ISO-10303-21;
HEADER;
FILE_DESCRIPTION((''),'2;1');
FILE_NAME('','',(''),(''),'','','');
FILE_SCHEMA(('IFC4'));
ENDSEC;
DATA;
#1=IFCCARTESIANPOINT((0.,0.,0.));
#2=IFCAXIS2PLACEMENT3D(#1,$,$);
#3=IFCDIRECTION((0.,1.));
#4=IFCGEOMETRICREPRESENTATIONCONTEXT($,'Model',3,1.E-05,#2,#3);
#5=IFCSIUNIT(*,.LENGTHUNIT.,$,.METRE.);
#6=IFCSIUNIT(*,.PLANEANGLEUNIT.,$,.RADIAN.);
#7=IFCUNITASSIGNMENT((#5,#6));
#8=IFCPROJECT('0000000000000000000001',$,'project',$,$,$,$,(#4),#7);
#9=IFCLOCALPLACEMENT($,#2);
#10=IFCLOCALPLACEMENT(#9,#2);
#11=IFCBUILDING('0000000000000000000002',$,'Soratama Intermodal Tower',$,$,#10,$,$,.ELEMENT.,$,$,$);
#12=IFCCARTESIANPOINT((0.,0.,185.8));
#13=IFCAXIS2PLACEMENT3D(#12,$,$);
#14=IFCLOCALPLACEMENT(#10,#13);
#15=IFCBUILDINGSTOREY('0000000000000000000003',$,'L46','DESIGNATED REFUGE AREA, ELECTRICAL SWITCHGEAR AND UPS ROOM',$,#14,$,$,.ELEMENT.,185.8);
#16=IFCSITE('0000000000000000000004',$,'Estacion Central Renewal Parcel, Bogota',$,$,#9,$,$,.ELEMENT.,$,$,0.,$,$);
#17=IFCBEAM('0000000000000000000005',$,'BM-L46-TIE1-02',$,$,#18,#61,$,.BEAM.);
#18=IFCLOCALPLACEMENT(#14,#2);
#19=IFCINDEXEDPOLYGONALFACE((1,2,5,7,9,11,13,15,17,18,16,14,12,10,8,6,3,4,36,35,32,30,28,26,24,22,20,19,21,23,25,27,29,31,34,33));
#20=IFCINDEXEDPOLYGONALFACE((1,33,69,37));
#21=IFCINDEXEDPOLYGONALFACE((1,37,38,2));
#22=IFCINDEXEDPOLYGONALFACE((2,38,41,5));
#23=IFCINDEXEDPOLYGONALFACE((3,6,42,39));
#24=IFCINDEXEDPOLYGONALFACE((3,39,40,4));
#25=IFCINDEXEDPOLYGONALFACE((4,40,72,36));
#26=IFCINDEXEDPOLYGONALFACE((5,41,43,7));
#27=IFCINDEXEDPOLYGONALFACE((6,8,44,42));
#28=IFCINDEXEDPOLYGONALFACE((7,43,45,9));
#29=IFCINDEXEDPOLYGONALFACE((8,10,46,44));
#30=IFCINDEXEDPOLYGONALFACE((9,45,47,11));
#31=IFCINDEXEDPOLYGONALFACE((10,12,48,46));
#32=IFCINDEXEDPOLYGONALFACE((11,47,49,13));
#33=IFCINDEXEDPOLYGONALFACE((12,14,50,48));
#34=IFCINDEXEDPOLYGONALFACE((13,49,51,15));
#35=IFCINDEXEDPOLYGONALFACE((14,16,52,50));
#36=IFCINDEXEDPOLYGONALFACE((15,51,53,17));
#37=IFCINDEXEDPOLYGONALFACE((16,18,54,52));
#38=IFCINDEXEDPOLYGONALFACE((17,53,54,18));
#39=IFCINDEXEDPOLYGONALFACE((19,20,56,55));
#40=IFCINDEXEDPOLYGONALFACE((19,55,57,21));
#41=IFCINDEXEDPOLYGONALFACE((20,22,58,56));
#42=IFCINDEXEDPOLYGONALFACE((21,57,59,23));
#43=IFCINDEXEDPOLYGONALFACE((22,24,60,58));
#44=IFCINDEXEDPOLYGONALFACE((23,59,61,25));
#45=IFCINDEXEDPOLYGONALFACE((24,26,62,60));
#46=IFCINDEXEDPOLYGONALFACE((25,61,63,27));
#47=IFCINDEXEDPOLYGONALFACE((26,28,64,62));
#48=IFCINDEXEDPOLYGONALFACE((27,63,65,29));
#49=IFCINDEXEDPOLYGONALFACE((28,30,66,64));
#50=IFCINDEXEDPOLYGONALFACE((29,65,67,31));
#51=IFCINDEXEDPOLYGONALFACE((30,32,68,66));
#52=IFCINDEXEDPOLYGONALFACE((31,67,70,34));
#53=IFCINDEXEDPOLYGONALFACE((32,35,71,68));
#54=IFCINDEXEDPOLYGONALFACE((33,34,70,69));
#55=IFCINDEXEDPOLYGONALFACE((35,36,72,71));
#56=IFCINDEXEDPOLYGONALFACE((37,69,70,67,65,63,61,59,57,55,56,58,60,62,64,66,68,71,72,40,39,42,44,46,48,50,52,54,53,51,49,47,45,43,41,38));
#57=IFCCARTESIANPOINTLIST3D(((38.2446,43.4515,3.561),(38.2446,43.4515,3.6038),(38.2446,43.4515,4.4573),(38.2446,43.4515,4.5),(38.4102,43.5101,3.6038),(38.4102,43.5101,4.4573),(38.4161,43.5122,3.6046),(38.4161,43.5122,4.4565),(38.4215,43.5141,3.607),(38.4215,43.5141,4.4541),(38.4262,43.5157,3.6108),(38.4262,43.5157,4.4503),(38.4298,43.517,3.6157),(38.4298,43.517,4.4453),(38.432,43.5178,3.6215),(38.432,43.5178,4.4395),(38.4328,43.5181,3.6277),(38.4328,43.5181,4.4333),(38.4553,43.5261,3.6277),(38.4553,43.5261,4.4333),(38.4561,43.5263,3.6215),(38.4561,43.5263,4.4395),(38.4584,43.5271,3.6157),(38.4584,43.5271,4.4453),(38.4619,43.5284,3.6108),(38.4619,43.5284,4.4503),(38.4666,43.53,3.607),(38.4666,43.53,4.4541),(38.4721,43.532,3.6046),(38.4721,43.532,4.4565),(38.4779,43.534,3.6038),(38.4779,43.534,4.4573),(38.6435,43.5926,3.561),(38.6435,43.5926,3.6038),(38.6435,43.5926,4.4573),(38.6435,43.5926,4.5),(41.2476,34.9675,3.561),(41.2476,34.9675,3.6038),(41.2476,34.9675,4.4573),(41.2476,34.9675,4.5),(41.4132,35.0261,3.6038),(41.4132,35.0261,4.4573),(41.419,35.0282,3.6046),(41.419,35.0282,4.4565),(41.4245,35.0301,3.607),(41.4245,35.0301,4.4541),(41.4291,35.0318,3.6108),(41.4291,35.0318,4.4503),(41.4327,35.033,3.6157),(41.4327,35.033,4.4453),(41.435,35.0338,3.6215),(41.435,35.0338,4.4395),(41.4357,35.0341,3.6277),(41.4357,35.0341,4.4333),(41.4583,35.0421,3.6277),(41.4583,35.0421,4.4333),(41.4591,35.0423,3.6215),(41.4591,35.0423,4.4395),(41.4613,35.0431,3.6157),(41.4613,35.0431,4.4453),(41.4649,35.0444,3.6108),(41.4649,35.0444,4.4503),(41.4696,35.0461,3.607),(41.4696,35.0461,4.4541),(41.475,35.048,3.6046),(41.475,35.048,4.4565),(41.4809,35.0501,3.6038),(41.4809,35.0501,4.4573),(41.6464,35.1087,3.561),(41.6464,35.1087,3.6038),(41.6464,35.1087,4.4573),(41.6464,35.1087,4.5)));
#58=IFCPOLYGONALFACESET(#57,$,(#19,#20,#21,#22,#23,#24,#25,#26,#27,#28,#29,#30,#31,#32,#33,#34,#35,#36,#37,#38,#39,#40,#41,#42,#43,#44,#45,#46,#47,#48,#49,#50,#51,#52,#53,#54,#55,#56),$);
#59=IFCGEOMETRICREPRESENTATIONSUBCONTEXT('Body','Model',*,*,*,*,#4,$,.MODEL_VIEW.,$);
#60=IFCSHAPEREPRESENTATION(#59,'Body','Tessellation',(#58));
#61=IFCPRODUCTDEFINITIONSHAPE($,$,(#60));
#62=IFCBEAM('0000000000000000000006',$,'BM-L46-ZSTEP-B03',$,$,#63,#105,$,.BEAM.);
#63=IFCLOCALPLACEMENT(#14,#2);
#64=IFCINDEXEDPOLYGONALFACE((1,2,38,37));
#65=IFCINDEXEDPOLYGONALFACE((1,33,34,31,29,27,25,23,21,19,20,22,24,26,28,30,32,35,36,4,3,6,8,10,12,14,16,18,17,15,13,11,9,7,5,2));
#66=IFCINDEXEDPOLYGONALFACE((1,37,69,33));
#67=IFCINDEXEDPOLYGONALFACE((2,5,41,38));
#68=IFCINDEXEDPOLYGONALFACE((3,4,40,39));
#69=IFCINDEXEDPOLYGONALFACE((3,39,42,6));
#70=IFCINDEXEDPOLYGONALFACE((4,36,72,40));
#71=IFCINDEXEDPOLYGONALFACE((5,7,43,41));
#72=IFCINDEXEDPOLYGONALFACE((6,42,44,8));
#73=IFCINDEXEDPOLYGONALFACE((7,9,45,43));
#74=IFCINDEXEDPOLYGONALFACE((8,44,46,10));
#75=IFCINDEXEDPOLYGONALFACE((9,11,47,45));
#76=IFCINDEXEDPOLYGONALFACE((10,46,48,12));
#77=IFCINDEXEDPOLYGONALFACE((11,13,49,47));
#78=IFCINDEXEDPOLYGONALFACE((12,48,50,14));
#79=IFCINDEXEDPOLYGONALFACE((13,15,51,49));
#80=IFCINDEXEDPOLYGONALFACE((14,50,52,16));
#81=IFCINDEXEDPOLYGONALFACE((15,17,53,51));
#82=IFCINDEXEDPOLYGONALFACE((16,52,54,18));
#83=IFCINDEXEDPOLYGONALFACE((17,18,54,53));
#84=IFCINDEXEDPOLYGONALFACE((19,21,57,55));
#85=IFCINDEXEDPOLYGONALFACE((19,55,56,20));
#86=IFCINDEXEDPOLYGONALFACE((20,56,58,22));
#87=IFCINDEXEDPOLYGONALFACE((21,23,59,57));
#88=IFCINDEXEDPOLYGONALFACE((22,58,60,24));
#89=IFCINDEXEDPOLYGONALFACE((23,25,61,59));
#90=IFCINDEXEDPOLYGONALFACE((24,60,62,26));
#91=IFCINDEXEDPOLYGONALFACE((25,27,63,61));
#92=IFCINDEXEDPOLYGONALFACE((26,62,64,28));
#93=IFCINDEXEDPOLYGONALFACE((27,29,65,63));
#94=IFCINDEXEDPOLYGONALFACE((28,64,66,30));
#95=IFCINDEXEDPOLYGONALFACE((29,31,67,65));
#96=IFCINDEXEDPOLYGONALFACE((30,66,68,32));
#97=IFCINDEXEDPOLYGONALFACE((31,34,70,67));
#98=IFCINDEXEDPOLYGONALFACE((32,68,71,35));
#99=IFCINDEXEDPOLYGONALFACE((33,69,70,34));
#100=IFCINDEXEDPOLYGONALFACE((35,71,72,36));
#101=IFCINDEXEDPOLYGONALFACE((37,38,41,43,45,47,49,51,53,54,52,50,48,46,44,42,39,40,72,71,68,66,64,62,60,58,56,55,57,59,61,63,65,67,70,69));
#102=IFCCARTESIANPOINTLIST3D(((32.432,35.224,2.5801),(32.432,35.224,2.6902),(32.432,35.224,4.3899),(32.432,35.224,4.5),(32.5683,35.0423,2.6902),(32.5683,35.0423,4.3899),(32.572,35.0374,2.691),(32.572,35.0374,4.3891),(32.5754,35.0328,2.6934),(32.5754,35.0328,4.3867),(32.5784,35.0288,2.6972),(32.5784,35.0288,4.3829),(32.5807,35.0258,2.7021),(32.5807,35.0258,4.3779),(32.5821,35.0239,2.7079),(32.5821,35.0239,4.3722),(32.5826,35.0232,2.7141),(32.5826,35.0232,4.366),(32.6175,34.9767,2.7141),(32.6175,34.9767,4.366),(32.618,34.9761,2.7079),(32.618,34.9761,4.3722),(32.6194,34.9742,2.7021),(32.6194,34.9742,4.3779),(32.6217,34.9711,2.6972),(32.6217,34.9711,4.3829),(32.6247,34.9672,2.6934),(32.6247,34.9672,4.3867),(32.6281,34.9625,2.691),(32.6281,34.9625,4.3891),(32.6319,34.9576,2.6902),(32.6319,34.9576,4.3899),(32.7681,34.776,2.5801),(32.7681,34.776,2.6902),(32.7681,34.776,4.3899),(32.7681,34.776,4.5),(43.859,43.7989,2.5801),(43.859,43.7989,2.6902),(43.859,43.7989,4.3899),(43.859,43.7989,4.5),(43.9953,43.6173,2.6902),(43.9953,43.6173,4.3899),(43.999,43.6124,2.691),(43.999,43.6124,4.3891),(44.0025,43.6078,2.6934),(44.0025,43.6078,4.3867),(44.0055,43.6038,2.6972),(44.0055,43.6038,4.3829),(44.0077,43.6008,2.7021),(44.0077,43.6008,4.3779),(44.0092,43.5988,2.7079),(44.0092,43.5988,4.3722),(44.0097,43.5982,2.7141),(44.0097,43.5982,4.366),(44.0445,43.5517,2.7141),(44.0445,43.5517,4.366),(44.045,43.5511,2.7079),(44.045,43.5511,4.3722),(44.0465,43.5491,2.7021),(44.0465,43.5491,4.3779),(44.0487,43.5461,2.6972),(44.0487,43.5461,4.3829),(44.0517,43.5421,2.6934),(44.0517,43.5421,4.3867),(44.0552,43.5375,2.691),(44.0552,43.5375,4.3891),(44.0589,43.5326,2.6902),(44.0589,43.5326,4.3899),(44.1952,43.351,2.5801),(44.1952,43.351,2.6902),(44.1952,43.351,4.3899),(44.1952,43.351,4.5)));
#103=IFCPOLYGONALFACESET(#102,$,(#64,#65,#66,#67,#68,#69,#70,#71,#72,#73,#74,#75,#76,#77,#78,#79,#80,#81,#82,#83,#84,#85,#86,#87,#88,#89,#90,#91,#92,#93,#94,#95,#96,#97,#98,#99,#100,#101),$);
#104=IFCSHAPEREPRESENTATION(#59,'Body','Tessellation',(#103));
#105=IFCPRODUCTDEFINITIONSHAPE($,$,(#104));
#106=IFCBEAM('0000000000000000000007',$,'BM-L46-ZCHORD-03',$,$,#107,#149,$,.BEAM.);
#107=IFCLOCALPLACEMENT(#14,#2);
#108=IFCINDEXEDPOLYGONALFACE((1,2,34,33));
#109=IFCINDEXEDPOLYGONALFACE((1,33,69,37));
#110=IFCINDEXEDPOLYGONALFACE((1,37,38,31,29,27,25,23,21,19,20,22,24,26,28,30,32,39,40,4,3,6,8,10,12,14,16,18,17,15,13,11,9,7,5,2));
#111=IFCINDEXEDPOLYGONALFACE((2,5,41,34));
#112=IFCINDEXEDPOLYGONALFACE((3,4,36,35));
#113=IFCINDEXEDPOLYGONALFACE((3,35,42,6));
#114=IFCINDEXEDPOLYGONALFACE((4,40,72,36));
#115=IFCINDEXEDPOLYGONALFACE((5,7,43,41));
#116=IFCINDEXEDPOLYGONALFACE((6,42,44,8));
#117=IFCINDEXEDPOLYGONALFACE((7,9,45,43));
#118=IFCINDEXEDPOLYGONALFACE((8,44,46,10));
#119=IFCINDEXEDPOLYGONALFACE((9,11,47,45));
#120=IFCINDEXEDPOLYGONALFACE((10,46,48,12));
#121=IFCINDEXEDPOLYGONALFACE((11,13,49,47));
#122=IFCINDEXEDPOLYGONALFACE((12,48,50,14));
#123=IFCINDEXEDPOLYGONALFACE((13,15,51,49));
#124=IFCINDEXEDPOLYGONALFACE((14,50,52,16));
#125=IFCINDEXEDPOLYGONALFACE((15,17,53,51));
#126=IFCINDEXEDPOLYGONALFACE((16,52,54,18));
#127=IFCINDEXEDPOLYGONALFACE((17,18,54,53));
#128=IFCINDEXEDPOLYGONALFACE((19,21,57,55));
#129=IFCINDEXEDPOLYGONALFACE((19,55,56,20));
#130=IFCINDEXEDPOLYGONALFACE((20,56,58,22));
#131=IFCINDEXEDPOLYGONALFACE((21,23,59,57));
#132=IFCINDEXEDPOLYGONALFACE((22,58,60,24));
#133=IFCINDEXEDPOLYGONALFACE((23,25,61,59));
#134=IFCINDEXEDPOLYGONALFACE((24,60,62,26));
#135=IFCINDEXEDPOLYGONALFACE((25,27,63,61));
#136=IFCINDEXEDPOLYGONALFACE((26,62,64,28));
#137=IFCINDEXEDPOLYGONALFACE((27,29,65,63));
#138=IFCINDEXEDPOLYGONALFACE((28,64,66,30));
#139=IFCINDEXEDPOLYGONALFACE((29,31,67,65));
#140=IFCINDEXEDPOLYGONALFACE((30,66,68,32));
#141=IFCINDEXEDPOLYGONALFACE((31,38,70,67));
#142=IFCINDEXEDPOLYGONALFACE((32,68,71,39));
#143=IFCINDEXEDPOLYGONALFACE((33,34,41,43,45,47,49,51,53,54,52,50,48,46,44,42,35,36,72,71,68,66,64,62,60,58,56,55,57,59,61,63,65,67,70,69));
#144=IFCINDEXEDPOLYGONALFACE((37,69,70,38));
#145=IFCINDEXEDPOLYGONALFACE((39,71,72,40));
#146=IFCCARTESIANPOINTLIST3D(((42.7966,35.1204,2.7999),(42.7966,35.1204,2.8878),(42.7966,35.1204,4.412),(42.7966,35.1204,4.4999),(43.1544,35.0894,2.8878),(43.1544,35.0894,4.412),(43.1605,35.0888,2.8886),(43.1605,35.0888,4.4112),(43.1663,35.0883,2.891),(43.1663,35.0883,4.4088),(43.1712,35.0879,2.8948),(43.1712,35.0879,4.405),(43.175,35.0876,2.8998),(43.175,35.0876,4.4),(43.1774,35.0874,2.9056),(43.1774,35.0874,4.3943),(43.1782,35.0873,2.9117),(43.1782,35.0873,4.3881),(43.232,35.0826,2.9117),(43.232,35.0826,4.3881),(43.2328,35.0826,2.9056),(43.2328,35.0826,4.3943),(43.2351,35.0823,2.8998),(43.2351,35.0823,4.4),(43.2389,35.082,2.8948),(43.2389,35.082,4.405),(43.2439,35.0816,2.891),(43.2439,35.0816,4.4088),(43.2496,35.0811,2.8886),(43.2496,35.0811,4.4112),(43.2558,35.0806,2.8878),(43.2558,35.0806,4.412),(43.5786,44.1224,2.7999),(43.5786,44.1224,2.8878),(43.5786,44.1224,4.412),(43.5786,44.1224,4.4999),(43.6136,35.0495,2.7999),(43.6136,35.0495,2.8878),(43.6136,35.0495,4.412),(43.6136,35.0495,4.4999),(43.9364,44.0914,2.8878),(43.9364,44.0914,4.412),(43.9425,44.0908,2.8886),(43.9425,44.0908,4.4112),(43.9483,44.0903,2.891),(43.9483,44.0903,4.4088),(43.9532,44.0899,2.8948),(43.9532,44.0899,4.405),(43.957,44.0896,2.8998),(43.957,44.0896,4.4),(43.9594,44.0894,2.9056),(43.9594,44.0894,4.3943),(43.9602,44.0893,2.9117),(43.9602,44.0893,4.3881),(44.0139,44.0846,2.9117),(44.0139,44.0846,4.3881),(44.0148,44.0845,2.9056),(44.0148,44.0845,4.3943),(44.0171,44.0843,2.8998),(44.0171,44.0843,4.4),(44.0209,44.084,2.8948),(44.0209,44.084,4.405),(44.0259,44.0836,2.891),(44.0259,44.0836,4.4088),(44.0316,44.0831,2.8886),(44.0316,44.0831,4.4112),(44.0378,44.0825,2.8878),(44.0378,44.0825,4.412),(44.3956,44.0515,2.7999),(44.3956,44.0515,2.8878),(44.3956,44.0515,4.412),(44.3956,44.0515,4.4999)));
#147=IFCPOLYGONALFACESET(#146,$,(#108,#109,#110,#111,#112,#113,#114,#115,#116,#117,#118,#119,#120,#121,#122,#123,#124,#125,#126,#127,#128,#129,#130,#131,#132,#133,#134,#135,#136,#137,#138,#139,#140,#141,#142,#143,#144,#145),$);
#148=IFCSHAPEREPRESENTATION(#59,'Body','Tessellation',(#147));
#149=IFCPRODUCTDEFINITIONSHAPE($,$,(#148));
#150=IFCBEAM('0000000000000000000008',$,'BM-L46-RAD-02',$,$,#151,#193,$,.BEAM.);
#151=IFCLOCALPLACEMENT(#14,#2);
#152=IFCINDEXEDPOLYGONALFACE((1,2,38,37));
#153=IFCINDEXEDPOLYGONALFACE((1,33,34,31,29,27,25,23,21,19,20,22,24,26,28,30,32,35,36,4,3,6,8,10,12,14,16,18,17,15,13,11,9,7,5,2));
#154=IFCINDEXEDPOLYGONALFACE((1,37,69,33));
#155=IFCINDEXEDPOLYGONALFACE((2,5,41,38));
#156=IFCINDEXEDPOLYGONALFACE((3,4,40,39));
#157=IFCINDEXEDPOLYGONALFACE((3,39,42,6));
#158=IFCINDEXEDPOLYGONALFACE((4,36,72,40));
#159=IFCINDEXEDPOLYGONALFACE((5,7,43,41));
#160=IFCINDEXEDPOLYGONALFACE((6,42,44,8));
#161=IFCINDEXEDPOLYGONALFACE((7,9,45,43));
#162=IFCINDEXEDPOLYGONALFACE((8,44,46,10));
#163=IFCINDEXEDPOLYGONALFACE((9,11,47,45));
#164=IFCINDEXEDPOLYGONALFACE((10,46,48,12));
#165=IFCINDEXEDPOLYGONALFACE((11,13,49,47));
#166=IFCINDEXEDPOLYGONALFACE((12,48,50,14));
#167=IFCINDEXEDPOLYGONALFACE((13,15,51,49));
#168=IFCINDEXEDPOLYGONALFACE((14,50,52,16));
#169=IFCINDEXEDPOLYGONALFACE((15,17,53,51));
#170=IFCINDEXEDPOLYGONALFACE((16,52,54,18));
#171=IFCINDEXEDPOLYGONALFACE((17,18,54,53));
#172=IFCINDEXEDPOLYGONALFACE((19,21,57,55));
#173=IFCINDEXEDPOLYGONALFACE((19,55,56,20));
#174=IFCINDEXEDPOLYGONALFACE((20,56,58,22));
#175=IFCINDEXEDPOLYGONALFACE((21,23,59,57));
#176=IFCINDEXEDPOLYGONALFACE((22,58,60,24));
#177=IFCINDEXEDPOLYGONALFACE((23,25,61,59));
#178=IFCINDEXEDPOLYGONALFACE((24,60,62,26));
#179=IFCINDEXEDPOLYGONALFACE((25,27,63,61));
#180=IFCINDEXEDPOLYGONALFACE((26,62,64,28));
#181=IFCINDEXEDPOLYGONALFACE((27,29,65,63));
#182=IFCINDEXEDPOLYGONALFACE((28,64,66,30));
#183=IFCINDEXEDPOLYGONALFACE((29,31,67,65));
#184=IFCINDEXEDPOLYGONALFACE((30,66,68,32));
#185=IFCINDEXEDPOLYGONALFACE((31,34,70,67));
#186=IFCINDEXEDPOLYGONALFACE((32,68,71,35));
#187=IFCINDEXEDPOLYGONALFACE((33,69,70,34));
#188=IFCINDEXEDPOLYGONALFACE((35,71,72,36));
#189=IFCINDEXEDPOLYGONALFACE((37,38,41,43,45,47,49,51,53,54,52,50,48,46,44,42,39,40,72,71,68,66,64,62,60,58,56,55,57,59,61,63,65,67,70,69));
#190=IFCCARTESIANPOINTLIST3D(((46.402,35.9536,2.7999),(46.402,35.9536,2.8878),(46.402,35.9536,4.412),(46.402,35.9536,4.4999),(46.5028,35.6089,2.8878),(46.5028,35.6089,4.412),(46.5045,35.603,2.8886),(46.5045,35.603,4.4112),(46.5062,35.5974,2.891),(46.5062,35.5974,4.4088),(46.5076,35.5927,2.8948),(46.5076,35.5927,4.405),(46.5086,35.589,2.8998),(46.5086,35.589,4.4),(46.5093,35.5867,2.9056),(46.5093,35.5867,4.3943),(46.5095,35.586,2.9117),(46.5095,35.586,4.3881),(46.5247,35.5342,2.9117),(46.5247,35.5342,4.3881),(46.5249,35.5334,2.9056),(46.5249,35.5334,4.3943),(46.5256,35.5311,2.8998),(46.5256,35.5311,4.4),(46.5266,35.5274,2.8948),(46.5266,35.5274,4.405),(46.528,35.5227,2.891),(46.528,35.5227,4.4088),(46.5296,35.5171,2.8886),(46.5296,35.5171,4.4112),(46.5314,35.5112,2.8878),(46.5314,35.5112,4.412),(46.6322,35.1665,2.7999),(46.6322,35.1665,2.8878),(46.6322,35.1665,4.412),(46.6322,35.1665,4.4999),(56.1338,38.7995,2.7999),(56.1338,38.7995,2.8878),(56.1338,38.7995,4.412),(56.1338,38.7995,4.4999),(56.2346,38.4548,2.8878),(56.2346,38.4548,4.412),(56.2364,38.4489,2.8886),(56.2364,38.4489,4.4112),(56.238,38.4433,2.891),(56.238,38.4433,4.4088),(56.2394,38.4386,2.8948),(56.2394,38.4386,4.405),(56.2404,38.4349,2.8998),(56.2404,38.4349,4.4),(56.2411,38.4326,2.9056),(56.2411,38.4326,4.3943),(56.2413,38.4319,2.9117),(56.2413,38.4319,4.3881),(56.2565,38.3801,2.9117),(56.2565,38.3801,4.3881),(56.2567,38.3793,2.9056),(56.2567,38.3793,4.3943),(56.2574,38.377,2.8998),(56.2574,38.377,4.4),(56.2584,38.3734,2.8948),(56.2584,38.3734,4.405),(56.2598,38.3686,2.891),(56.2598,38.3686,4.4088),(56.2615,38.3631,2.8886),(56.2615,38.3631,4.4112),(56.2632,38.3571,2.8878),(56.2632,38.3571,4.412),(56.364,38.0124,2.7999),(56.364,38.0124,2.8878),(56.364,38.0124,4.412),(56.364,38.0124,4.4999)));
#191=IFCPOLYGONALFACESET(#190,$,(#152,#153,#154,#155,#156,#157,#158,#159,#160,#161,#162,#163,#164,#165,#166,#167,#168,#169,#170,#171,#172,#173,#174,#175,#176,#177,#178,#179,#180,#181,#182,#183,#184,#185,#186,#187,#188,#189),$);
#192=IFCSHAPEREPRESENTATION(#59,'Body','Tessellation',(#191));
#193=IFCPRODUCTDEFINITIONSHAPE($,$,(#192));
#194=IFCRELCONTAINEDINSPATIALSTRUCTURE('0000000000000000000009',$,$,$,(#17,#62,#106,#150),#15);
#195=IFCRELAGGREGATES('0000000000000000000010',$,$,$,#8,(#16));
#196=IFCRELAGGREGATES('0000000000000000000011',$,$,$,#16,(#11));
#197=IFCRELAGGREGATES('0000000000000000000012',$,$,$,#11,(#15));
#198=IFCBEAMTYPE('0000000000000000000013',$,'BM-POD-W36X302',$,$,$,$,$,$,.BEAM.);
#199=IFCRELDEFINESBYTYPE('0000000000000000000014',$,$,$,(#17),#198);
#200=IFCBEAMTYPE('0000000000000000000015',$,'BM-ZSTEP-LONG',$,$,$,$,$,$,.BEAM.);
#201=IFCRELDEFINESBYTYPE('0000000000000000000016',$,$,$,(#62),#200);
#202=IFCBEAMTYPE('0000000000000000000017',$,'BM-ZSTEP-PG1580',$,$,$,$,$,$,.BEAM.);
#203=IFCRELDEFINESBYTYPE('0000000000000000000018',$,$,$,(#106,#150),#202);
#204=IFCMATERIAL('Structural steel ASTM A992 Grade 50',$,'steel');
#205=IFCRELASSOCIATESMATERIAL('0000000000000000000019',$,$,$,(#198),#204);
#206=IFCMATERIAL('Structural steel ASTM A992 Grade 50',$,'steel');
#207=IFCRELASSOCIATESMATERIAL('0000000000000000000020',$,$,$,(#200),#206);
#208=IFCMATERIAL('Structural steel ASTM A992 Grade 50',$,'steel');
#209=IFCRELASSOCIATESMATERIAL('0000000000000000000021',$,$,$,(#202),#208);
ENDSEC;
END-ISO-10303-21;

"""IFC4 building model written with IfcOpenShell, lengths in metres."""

from ifc_helpers import new_model, si_unit, direction, frame, origin, origin_2d, place, context, subcontext, project, spatial, i_section, extrude, material, material_profile, profile_set, type_object, element, save


model = new_model("IFC4")

# Units and contexts
model_context = context("Model", 3, precision=1e-05, world=origin(), true_north=direction((0.0, 1.0)))
body_context = subcontext(model_context, "Body", "Model", "MODEL_VIEW")
ifc_project = project(units=[si_unit("LENGTHUNIT", "METRE"), si_unit("PLANEANGLEUNIT", "RADIAN")], contexts=[model_context])

# Site, building, storey
site_placement = place(None, origin())
site = spatial("IfcSite", under=ifc_project, at=site_placement, Name="Estacion Central Renewal Parcel, Bogota", CompositionType="ELEMENT", RefElevation=0.0)
building_placement = place(site_placement, origin())
building = spatial("IfcBuilding", under=site, at=building_placement, Name="Soratama Intermodal Tower", CompositionType="ELEMENT")
storey_placement = place(building_placement, frame((0.0, 0.0, 185.8)))
storey = spatial("IfcBuildingStorey", under=building, at=storey_placement, Name="L46", Description="DESIGNATED REFUGE AREA, ELECTRICAL SWITCHGEAR AND UPS ROOM", CompositionType="ELEMENT", Elevation=185.8)

# Beams
ifc_material_1 = material(Name="Structural steel ASTM A992 Grade 50", Category="steel")
ifc_material_profile_1 = material_profile(ifc_material_1, i_section(OverallWidth=0.4231, OverallDepth=0.939, WebThickness=0.0239, FlangeThickness=0.0427, FilletRadius=0.0239, at=origin_2d()), Name="W36X302")
ifc_profile_set_1 = profile_set([ifc_material_profile_1], Name="Structural steel ASTM A992 Grade 50")
beam_type_1 = type_object("IfcBeamType", Name="BM-POD-W36X302", PredefinedType="BEAM", material=ifc_profile_set_1)
beam_1_placement = place(storey_placement, frame((41.447, 35.0381, 4.0305), z_axis=(-0.333671, 0.942689, 0.0), x_axis=(-0.942689, -0.333671, 0.0)))
element("IfcBeam", 1, at=beam_1_placement, inside=storey, type_object=beam_type_1, Name="BM-L46-TIE1-02", PredefinedType="BEAM", context=body_context, shape_type="SweptSolid", body=[
    extrude(i_section(OverallWidth=0.4231, OverallDepth=0.939, WebThickness=0.0239, FlangeThickness=0.0427, FilletRadius=0.0239, at=origin_2d()), origin(), (0.0, 0.0, 1.0), 8.9998),
])
ifc_material_2 = material(Name="Structural steel ASTM A992 Grade 50", Category="steel")
ifc_material_profile_2 = material_profile(ifc_material_2, i_section(OverallWidth=0.5601, OverallDepth=1.9199, WebThickness=0.0581, FlangeThickness=0.1101, FilletRadius=0.0239, at=origin_2d()), Name="PG2150X720")
ifc_profile_set_2 = profile_set([ifc_material_profile_2], Name="Structural steel ASTM A992 Grade 50")
beam_type_2 = type_object("IfcBeamType", Name="BM-ZSTEP-LONG", PredefinedType="BEAM", material=ifc_profile_set_2)
beam_2_placement = place(storey_placement, frame((44.0271, 43.575, 3.54), z_axis=(-0.799842, -0.600211, 0.0), x_axis=(0.600211, -0.799842, 0.0)))
element("IfcBeam", 2, at=beam_2_placement, inside=storey, type_object=beam_type_2, Name="BM-L46-ZSTEP-B03", PredefinedType="BEAM", context=body_context, shape_type="SweptSolid", body=[
    extrude(i_section(OverallWidth=0.5601, OverallDepth=1.9199, WebThickness=0.0581, FlangeThickness=0.1101, FilletRadius=0.0239, at=origin_2d()), origin(), (0.0, 0.0, 1.0), 14.2866),
])
ifc_material_3 = material(Name="Structural steel ASTM A992 Grade 50", Category="steel")
ifc_material_profile_3 = material_profile(ifc_material_3, i_section(OverallWidth=0.8201, OverallDepth=1.7, WebThickness=0.054, FlangeThickness=0.0879, FilletRadius=0.0239, at=origin_2d()), Name="PG1580X800")
ifc_profile_set_3 = profile_set([ifc_material_profile_3], Name="Structural steel ASTM A992 Grade 50")
beam_type_3 = type_object("IfcBeamType", Name="BM-ZSTEP-PG1580", PredefinedType="BEAM", material=ifc_profile_set_3)
beam_3_placement = place(storey_placement, frame((43.2051, 35.085, 3.6499), z_axis=(0.086542, 0.996248, 0.0), x_axis=(-0.996248, 0.086542, 0.0)))
element("IfcBeam", 3, at=beam_3_placement, inside=storey, type_object=beam_type_3, Name="BM-L46-ZCHORD-03", PredefinedType="BEAM", context=body_context, shape_type="SweptSolid", body=[
    extrude(i_section(OverallWidth=0.8201, OverallDepth=1.7, WebThickness=0.054, FlangeThickness=0.0879, FilletRadius=0.0239, at=origin_2d()), origin(), (0.0, 0.0, 1.0), 9.0359),
])
beam_4_placement = place(storey_placement, frame((46.5171, 35.5601, 3.6499), z_axis=(0.959802, 0.280679, 0.0), x_axis=(-0.280679, 0.959802, 0.0)))
element("IfcBeam", 4, at=beam_4_placement, inside=storey, type_object=beam_type_3, Name="BM-L46-RAD-02", PredefinedType="BEAM", context=body_context, shape_type="SweptSolid", body=[
    extrude(i_section(OverallWidth=0.8201, OverallDepth=1.7, WebThickness=0.054, FlangeThickness=0.0879, FilletRadius=0.0239, at=origin_2d()), origin(), (0.0, 0.0, 1.0), 10.1394),
])

save(model, "model.ifc")
